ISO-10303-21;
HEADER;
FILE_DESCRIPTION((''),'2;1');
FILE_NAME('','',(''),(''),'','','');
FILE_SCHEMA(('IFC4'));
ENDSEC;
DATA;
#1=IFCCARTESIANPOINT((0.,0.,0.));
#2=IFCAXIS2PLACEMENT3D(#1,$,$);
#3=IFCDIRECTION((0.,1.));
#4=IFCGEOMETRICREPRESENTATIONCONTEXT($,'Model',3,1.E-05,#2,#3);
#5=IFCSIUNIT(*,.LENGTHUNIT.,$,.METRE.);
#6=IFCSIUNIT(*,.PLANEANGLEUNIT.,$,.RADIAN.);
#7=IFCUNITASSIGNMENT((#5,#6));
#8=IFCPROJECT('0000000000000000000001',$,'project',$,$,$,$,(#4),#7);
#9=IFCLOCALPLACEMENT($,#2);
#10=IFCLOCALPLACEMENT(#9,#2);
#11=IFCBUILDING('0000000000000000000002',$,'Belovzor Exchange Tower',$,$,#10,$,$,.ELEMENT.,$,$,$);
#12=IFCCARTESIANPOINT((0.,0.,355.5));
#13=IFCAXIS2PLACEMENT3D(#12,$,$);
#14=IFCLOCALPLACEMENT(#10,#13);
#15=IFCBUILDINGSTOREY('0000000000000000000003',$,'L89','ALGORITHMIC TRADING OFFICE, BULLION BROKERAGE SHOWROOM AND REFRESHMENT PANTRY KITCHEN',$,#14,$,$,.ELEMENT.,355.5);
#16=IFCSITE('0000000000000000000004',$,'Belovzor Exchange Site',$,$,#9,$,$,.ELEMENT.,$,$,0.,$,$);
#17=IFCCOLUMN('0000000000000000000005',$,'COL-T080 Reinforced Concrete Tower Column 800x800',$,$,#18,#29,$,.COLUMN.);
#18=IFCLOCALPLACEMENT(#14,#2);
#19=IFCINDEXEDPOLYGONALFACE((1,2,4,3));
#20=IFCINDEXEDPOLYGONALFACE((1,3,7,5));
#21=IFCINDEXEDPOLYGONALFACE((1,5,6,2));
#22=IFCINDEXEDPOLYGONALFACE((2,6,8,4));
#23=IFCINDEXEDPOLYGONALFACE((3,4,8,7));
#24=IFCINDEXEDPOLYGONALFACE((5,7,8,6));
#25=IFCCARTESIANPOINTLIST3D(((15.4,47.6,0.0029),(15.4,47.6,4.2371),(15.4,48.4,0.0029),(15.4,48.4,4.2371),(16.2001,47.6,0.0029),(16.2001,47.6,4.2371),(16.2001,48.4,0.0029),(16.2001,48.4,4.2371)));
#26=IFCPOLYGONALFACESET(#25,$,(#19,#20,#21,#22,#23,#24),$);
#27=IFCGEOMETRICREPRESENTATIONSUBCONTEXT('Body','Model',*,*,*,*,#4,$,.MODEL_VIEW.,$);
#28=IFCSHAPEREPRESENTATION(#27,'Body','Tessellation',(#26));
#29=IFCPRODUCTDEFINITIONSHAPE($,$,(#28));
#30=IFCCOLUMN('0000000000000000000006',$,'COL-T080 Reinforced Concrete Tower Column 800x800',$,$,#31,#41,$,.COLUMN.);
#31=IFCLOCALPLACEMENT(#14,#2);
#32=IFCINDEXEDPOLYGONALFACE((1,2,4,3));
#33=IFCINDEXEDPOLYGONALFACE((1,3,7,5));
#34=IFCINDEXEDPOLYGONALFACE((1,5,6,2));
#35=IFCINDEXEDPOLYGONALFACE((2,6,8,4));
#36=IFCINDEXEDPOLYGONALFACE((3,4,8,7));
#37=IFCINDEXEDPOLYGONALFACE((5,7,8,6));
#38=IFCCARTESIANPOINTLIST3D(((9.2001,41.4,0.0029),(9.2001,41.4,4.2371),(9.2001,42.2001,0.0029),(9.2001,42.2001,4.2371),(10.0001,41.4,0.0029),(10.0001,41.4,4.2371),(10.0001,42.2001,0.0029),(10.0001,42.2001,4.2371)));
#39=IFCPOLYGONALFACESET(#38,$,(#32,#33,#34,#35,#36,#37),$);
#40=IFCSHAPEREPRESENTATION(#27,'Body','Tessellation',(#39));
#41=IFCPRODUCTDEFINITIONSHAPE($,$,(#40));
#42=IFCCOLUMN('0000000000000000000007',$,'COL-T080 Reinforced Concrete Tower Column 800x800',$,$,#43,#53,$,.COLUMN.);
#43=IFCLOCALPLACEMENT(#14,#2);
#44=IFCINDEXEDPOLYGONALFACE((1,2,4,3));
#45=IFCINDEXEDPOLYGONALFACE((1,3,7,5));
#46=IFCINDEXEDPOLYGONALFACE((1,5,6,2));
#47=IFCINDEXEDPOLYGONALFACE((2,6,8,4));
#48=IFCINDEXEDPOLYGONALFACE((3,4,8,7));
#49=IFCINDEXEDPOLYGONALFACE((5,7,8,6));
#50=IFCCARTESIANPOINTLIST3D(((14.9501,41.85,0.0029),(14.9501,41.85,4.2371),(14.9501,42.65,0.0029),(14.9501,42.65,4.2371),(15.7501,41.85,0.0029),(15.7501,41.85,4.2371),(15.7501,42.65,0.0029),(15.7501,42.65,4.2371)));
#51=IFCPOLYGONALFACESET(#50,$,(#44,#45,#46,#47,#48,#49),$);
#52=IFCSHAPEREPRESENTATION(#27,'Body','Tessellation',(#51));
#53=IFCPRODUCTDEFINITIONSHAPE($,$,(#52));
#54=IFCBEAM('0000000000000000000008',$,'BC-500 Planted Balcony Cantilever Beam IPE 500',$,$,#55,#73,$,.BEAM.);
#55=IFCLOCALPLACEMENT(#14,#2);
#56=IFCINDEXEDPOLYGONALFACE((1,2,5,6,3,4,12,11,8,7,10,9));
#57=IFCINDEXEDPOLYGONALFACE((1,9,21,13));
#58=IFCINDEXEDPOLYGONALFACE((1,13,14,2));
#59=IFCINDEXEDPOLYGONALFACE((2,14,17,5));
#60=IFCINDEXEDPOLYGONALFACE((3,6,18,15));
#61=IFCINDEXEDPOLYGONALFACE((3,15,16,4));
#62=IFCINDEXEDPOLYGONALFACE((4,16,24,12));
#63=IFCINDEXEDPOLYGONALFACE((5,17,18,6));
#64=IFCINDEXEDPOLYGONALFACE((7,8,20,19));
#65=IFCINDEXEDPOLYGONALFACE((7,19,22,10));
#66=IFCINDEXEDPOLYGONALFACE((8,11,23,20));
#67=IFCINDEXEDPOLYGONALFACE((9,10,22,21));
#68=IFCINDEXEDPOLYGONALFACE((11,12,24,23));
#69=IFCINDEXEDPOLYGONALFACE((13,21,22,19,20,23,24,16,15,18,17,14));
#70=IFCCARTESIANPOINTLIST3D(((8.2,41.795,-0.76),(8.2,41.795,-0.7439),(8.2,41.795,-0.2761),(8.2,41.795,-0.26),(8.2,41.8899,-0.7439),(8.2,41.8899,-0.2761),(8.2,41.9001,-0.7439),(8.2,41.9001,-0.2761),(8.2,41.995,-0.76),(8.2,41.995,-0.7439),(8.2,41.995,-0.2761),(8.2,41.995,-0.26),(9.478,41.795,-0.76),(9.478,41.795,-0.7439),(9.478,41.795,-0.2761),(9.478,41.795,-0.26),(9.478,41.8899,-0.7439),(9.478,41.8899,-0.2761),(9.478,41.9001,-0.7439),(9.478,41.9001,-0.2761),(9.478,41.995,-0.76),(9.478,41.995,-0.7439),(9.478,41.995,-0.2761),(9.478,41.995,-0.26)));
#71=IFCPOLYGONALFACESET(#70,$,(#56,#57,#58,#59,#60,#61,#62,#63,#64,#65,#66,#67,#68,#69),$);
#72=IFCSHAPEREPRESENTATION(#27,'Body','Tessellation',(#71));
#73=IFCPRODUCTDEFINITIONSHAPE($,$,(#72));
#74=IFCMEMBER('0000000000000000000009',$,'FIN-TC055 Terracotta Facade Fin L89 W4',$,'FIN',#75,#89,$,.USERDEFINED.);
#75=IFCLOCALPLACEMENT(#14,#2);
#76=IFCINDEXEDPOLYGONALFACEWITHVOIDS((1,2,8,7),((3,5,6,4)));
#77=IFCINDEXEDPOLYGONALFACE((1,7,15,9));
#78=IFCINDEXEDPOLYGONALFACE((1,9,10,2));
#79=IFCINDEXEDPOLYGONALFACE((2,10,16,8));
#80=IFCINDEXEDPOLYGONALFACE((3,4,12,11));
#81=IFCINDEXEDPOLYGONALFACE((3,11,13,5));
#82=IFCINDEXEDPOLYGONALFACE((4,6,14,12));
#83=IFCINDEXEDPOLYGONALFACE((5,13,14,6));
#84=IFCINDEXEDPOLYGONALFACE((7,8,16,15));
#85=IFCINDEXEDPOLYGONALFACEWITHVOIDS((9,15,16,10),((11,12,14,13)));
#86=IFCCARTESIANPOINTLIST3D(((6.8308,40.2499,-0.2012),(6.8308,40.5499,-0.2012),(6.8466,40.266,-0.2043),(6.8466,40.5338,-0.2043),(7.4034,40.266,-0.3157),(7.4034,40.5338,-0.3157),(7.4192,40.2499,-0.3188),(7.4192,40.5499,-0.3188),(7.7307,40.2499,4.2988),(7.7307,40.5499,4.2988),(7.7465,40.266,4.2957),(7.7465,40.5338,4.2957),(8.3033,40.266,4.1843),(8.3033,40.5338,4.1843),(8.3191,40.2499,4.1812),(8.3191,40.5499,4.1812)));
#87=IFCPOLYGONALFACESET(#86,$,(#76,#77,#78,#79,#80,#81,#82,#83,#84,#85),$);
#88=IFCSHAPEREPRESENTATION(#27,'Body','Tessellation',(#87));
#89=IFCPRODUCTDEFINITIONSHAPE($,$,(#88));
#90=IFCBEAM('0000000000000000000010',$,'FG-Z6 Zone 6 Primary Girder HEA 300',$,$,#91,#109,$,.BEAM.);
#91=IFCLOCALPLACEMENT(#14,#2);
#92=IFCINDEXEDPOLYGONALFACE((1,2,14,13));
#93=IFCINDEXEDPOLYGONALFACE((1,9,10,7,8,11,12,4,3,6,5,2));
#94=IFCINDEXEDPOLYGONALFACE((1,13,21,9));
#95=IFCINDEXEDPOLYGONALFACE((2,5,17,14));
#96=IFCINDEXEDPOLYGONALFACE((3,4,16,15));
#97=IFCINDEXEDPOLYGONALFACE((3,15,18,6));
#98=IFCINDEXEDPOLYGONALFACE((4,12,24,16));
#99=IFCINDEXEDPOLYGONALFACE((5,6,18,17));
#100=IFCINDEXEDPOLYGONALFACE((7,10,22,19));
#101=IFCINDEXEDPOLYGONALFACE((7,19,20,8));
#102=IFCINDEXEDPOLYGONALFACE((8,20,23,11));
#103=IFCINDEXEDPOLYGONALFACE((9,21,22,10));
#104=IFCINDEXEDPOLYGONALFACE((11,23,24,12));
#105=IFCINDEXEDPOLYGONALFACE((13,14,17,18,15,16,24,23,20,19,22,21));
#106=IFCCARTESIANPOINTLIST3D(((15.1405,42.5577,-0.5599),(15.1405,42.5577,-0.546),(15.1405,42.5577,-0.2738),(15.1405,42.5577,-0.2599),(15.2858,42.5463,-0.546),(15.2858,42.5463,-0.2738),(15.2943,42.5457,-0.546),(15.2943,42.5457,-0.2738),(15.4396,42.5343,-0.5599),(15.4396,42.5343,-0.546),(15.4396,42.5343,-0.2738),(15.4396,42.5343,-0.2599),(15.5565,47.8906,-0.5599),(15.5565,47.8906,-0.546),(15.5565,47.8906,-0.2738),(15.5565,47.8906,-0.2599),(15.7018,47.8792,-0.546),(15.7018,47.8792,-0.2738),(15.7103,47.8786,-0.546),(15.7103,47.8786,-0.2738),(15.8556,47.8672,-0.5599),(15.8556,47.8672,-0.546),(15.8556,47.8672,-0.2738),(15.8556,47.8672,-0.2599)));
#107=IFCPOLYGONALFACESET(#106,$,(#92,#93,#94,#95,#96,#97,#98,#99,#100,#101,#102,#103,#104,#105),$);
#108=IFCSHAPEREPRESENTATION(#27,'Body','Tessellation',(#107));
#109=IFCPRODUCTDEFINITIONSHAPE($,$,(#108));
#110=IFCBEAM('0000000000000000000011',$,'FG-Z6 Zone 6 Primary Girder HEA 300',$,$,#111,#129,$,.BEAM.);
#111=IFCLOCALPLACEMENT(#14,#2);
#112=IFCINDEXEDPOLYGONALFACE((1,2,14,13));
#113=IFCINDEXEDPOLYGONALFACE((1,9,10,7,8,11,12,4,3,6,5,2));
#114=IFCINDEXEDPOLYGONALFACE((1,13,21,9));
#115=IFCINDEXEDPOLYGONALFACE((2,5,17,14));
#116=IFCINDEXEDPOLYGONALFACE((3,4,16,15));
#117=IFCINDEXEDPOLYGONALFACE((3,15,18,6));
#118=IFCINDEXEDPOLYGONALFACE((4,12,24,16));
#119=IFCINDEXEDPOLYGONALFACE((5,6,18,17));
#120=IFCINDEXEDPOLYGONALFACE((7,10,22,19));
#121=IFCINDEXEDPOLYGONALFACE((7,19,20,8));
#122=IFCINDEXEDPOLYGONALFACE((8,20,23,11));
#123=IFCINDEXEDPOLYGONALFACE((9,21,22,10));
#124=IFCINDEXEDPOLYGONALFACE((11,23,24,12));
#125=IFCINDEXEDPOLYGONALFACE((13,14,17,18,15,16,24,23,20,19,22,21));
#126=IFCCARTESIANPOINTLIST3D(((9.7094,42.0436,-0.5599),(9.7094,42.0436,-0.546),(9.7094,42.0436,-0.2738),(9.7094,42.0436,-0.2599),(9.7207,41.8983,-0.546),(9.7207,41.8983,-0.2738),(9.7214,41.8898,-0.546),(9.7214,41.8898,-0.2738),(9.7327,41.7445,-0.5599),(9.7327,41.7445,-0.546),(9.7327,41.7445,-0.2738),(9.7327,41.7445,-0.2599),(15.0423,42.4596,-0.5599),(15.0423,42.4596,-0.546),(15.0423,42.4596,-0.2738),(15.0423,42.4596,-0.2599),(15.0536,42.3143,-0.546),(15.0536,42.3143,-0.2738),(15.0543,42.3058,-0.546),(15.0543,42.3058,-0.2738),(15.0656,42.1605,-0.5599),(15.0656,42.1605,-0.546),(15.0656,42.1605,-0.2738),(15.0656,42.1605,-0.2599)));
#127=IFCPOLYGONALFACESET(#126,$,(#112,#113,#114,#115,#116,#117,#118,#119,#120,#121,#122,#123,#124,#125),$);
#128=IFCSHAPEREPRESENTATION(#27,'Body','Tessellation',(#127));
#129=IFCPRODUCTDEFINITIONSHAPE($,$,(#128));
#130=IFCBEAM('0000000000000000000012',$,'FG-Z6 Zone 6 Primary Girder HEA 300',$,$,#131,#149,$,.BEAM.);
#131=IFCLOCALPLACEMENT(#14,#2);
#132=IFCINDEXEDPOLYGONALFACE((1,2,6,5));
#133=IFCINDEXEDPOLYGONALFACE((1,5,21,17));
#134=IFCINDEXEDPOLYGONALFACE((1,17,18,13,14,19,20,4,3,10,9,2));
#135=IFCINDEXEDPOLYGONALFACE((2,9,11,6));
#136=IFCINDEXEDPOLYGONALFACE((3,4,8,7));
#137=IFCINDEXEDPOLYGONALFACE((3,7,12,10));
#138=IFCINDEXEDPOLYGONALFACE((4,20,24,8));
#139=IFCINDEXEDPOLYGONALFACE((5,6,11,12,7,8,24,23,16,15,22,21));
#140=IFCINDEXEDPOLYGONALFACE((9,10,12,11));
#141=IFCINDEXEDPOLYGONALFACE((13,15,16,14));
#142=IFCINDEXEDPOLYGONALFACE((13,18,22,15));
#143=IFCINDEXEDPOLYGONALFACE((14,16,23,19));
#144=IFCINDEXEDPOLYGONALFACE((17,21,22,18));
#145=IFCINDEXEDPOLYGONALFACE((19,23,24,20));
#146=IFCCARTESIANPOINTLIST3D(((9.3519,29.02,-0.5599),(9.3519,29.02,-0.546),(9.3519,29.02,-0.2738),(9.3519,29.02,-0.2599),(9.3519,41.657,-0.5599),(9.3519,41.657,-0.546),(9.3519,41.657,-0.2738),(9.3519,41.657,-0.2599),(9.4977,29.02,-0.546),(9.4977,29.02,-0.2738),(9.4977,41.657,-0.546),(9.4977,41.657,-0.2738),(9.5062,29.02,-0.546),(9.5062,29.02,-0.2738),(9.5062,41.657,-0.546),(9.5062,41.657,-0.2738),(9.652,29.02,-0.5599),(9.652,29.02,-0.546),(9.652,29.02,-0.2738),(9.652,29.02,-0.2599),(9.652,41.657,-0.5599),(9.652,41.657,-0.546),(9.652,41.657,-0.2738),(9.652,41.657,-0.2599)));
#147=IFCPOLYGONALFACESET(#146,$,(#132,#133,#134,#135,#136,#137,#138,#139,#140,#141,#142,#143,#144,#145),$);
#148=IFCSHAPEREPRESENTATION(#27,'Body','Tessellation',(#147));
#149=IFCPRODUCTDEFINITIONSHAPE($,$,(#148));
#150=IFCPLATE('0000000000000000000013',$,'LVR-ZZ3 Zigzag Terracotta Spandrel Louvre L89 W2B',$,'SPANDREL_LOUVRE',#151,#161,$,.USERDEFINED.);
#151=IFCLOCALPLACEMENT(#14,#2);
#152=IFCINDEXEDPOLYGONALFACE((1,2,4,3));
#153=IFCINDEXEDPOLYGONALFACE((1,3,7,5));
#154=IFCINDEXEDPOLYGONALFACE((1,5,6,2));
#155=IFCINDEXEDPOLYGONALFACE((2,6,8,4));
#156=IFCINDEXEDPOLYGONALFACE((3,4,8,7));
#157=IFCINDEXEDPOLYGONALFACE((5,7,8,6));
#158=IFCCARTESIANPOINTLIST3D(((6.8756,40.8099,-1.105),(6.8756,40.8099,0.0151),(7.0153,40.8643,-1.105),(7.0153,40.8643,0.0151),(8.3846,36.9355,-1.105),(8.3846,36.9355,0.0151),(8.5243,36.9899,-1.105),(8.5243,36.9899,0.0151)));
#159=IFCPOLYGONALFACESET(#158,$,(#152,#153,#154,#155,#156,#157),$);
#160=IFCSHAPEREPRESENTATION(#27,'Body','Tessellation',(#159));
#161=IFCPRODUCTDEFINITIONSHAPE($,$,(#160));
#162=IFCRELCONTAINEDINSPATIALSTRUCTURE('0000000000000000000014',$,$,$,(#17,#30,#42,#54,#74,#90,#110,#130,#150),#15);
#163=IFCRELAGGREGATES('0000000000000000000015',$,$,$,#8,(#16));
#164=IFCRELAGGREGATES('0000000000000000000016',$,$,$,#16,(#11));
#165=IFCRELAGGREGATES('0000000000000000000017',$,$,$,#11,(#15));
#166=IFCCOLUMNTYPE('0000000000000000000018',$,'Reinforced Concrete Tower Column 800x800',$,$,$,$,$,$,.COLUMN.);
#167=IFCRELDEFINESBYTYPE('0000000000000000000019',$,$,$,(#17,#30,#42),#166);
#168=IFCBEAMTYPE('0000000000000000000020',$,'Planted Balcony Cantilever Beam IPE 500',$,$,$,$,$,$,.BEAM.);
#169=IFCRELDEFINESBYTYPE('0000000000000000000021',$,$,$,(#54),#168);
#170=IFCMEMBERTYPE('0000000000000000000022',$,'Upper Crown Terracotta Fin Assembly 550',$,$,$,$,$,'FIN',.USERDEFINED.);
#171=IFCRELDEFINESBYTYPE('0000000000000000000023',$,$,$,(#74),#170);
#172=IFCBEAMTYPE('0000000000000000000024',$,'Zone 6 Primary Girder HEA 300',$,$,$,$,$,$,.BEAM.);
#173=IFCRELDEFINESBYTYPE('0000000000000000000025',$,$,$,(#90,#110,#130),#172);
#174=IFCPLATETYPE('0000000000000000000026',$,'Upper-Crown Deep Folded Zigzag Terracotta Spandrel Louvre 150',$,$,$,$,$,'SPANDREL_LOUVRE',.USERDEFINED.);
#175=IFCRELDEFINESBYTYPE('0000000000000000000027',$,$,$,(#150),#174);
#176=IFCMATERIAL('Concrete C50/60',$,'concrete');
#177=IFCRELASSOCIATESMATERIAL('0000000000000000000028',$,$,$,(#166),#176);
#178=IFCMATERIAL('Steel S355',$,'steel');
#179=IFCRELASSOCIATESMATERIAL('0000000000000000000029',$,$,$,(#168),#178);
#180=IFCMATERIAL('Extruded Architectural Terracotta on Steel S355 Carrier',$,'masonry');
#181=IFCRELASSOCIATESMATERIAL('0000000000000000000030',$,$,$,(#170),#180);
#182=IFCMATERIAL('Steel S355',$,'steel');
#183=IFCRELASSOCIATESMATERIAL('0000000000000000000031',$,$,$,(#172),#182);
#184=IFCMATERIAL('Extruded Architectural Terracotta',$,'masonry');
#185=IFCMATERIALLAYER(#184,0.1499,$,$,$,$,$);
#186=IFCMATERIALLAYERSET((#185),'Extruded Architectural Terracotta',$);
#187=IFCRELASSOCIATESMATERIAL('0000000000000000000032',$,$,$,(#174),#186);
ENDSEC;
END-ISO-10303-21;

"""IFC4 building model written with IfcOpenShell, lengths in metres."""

from ifc_helpers import new_model, si_unit, direction, frame, origin, origin_2d, place, context, subcontext, project, spatial, rectangle, hollow_rectangle, i_section, extrude, material, layer, layer_set, material_profile, profile_set, type_object, element, save


model = new_model("IFC4")

# Units and contexts
model_context = context("Model", 3, precision=1e-05, world=origin(), true_north=direction((0.0, 1.0)))
body_context = subcontext(model_context, "Body", "Model", "MODEL_VIEW")
ifc_project = project(units=[si_unit("LENGTHUNIT", "METRE"), si_unit("PLANEANGLEUNIT", "RADIAN")], contexts=[model_context])

# Site, building, storey
site_placement = place(None, origin())
site = spatial("IfcSite", under=ifc_project, at=site_placement, Name="Belovzor Exchange Site", CompositionType="ELEMENT", RefElevation=0.0)
building_placement = place(site_placement, origin())
building = spatial("IfcBuilding", under=site, at=building_placement, Name="Belovzor Exchange Tower", CompositionType="ELEMENT")
storey_placement = place(building_placement, frame((0.0, 0.0, 355.5)))
storey = spatial("IfcBuildingStorey", under=building, at=storey_placement, Name="L89", Description="ALGORITHMIC TRADING OFFICE, BULLION BROKERAGE SHOWROOM AND REFRESHMENT PANTRY KITCHEN", CompositionType="ELEMENT", Elevation=355.5)

# Columns
ifc_material_1 = material(Name="Concrete C50/60", Category="concrete")
ifc_material_profile_1 = material_profile(ifc_material_1, rectangle(XDim=0.8, YDim=0.8, at=origin_2d()))
ifc_profile_set_1 = profile_set([ifc_material_profile_1], Name="Concrete C50/60")
column_type = type_object("IfcColumnType", Name="Reinforced Concrete Tower Column 800x800", PredefinedType="COLUMN", material=ifc_profile_set_1)
for number, where, z_axis, x_axis, name in (
    (1, (15.8, 48.0, 0.0029), (0.0, 0.0, 1.0), (1.0, 0.0, 0.0), "COL-T080 Reinforced Concrete Tower Column 800x800"),
    (2, (9.6001, 41.8, 0.0029), (0.0, 0.0, 1.0), (1.0, 0.0, 0.0), "COL-T080 Reinforced Concrete Tower Column 800x800"),
    (3, (15.3501, 42.25, 0.0029), (0.0, 0.0, 1.0), (1.0, 0.0, 0.0), "COL-T080 Reinforced Concrete Tower Column 800x800"),
):
    element("IfcColumn", number, at=place(storey_placement, frame(where, z_axis=z_axis, x_axis=x_axis)), inside=storey, type_object=column_type, Name=name, PredefinedType="COLUMN", context=body_context, shape_type="SweptSolid", body=[
        extrude(rectangle(XDim=0.8, YDim=0.8, at=origin_2d()), origin(), (0.0, 0.0, 1.0), 4.2341),
    ])

# Beam
ifc_material_2 = material(Name="Steel S355", Category="steel")
ifc_material_profile_2 = material_profile(ifc_material_2, i_section(OverallWidth=0.2, OverallDepth=0.5, WebThickness=0.0103, FlangeThickness=0.0161, at=origin_2d()))
ifc_profile_set_2 = profile_set([ifc_material_profile_2], Name="Steel S355")
beam_type_1 = type_object("IfcBeamType", Name="Planted Balcony Cantilever Beam IPE 500", PredefinedType="BEAM", material=ifc_profile_set_2)
beam_1_placement = place(storey_placement, frame((9.478, 41.895, -0.51), z_axis=(-1.0, 0.0, 0.0), x_axis=(0.0, -1.0, 0.0)))
element("IfcBeam", 4, at=beam_1_placement, inside=storey, type_object=beam_type_1, Name="BC-500 Planted Balcony Cantilever Beam IPE 500", PredefinedType="BEAM", context=body_context, shape_type="SweptSolid", body=[
    extrude(i_section(OverallWidth=0.2, OverallDepth=0.5, WebThickness=0.0103, FlangeThickness=0.0161, at=origin_2d()), origin(), (0.0, 0.0, 1.0), 1.2781),
])

# Member
ifc_material_3 = material(Name="Extruded Architectural Terracotta on Steel S355 Carrier", Category="masonry")
ifc_material_profile_3 = material_profile(ifc_material_3, hollow_rectangle(XDim=0.3, YDim=0.6001, WallThickness=0.0161, at=origin_2d()))
ifc_profile_set_3 = profile_set([ifc_material_profile_3], Name="Extruded Architectural Terracotta on Steel S355 Carrier")
member_type = type_object("IfcMemberType", Name="Upper Crown Terracotta Fin Assembly 550", ElementType="FIN", PredefinedType="USERDEFINED", material=ifc_profile_set_3)
member_placement = place(storey_placement, frame((7.125, 40.3999, -0.26), z_axis=(0.196096, 0.0, 0.980585), x_axis=(0.0, 1.0, 0.0)))
element("IfcMember", 5, at=member_placement, inside=storey, type_object=member_type, Name="FIN-TC055 Terracotta Facade Fin L89 W4", ObjectType="FIN", PredefinedType="USERDEFINED", context=body_context, shape_type="SweptSolid", body=[
    extrude(hollow_rectangle(XDim=0.3, YDim=0.6001, WallThickness=0.0161, at=origin_2d()), origin(), (0.0, 0.0, 1.0), 4.5891),
])

# Beams
ifc_material_4 = material(Name="Steel S355", Category="steel")
ifc_material_profile_4 = material_profile(ifc_material_4, i_section(OverallWidth=0.3, OverallDepth=0.3, WebThickness=0.0085, FlangeThickness=0.0139, at=origin_2d()))
ifc_profile_set_4 = profile_set([ifc_material_profile_4], Name="Steel S355")
beam_type_2 = type_object("IfcBeamType", Name="Zone 6 Primary Girder HEA 300", PredefinedType="BEAM", material=ifc_profile_set_4)
for number, where, z_axis, x_axis, name in (
    (6, (15.7061, 47.8789, -0.4099), (-0.077771, -0.996971, 0.0), (0.996971, -0.077771, 0.0), "FG-Z6 Zone 6 Primary Girder HEA 300"),
    (7, (15.054, 42.3101, -0.4099), (-0.996971, -0.077771, 0.0), (0.077771, -0.996971, 0.0), "FG-Z6 Zone 6 Primary Girder HEA 300"),
):
    element("IfcBeam", number, at=place(storey_placement, frame(where, z_axis=z_axis, x_axis=x_axis)), inside=storey, type_object=beam_type_2, Name=name, PredefinedType="BEAM", context=body_context, shape_type="SweptSolid", body=[
        extrude(i_section(OverallWidth=0.3, OverallDepth=0.3, WebThickness=0.0085, FlangeThickness=0.0139, at=origin_2d()), origin(), (0.0, 0.0, 1.0), 5.3491),
    ])
beam_2_placement = place(storey_placement, frame((9.502, 41.657, -0.4099), z_axis=(0.0, -1.0, 0.0), x_axis=(1.0, 0.0, 0.0)))
element("IfcBeam", 8, at=beam_2_placement, inside=storey, type_object=beam_type_2, Name="FG-Z6 Zone 6 Primary Girder HEA 300", PredefinedType="BEAM", context=body_context, shape_type="SweptSolid", body=[
    extrude(i_section(OverallWidth=0.3, OverallDepth=0.3, WebThickness=0.0085, FlangeThickness=0.0139, at=origin_2d()), origin(), (0.0, 0.0, 1.0), 12.637),
])

# Plate
ifc_material_5 = material(Name="Extruded Architectural Terracotta", Category="masonry")
ifc_layer_1 = layer(ifc_material_5, 0.1499)
ifc_layer_set_1 = layer_set([ifc_layer_1], Name="Extruded Architectural Terracotta")
plate_type = type_object("IfcPlateType", Name="Upper-Crown Deep Folded Zigzag Terracotta Spandrel Louvre 150", ElementType="SPANDREL_LOUVRE", PredefinedType="USERDEFINED", material=ifc_layer_set_1)
plate_placement = place(storey_placement, frame((7.7, 38.8999, -1.105), z_axis=(0.0, 0.0, 1.0), x_axis=(-0.362926, 0.931818, 0.0)))
element("IfcPlate", 9, at=plate_placement, inside=storey, type_object=plate_type, Name="LVR-ZZ3 Zigzag Terracotta Spandrel Louvre L89 W2B", ObjectType="SPANDREL_LOUVRE", PredefinedType="USERDEFINED", context=body_context, shape_type="SweptSolid", body=[
    extrude(rectangle(XDim=4.158, YDim=0.1499, at=origin_2d()), origin(), (0.0, 0.0, 1.0), 1.1201),
])

save(model, "model.ifc")
